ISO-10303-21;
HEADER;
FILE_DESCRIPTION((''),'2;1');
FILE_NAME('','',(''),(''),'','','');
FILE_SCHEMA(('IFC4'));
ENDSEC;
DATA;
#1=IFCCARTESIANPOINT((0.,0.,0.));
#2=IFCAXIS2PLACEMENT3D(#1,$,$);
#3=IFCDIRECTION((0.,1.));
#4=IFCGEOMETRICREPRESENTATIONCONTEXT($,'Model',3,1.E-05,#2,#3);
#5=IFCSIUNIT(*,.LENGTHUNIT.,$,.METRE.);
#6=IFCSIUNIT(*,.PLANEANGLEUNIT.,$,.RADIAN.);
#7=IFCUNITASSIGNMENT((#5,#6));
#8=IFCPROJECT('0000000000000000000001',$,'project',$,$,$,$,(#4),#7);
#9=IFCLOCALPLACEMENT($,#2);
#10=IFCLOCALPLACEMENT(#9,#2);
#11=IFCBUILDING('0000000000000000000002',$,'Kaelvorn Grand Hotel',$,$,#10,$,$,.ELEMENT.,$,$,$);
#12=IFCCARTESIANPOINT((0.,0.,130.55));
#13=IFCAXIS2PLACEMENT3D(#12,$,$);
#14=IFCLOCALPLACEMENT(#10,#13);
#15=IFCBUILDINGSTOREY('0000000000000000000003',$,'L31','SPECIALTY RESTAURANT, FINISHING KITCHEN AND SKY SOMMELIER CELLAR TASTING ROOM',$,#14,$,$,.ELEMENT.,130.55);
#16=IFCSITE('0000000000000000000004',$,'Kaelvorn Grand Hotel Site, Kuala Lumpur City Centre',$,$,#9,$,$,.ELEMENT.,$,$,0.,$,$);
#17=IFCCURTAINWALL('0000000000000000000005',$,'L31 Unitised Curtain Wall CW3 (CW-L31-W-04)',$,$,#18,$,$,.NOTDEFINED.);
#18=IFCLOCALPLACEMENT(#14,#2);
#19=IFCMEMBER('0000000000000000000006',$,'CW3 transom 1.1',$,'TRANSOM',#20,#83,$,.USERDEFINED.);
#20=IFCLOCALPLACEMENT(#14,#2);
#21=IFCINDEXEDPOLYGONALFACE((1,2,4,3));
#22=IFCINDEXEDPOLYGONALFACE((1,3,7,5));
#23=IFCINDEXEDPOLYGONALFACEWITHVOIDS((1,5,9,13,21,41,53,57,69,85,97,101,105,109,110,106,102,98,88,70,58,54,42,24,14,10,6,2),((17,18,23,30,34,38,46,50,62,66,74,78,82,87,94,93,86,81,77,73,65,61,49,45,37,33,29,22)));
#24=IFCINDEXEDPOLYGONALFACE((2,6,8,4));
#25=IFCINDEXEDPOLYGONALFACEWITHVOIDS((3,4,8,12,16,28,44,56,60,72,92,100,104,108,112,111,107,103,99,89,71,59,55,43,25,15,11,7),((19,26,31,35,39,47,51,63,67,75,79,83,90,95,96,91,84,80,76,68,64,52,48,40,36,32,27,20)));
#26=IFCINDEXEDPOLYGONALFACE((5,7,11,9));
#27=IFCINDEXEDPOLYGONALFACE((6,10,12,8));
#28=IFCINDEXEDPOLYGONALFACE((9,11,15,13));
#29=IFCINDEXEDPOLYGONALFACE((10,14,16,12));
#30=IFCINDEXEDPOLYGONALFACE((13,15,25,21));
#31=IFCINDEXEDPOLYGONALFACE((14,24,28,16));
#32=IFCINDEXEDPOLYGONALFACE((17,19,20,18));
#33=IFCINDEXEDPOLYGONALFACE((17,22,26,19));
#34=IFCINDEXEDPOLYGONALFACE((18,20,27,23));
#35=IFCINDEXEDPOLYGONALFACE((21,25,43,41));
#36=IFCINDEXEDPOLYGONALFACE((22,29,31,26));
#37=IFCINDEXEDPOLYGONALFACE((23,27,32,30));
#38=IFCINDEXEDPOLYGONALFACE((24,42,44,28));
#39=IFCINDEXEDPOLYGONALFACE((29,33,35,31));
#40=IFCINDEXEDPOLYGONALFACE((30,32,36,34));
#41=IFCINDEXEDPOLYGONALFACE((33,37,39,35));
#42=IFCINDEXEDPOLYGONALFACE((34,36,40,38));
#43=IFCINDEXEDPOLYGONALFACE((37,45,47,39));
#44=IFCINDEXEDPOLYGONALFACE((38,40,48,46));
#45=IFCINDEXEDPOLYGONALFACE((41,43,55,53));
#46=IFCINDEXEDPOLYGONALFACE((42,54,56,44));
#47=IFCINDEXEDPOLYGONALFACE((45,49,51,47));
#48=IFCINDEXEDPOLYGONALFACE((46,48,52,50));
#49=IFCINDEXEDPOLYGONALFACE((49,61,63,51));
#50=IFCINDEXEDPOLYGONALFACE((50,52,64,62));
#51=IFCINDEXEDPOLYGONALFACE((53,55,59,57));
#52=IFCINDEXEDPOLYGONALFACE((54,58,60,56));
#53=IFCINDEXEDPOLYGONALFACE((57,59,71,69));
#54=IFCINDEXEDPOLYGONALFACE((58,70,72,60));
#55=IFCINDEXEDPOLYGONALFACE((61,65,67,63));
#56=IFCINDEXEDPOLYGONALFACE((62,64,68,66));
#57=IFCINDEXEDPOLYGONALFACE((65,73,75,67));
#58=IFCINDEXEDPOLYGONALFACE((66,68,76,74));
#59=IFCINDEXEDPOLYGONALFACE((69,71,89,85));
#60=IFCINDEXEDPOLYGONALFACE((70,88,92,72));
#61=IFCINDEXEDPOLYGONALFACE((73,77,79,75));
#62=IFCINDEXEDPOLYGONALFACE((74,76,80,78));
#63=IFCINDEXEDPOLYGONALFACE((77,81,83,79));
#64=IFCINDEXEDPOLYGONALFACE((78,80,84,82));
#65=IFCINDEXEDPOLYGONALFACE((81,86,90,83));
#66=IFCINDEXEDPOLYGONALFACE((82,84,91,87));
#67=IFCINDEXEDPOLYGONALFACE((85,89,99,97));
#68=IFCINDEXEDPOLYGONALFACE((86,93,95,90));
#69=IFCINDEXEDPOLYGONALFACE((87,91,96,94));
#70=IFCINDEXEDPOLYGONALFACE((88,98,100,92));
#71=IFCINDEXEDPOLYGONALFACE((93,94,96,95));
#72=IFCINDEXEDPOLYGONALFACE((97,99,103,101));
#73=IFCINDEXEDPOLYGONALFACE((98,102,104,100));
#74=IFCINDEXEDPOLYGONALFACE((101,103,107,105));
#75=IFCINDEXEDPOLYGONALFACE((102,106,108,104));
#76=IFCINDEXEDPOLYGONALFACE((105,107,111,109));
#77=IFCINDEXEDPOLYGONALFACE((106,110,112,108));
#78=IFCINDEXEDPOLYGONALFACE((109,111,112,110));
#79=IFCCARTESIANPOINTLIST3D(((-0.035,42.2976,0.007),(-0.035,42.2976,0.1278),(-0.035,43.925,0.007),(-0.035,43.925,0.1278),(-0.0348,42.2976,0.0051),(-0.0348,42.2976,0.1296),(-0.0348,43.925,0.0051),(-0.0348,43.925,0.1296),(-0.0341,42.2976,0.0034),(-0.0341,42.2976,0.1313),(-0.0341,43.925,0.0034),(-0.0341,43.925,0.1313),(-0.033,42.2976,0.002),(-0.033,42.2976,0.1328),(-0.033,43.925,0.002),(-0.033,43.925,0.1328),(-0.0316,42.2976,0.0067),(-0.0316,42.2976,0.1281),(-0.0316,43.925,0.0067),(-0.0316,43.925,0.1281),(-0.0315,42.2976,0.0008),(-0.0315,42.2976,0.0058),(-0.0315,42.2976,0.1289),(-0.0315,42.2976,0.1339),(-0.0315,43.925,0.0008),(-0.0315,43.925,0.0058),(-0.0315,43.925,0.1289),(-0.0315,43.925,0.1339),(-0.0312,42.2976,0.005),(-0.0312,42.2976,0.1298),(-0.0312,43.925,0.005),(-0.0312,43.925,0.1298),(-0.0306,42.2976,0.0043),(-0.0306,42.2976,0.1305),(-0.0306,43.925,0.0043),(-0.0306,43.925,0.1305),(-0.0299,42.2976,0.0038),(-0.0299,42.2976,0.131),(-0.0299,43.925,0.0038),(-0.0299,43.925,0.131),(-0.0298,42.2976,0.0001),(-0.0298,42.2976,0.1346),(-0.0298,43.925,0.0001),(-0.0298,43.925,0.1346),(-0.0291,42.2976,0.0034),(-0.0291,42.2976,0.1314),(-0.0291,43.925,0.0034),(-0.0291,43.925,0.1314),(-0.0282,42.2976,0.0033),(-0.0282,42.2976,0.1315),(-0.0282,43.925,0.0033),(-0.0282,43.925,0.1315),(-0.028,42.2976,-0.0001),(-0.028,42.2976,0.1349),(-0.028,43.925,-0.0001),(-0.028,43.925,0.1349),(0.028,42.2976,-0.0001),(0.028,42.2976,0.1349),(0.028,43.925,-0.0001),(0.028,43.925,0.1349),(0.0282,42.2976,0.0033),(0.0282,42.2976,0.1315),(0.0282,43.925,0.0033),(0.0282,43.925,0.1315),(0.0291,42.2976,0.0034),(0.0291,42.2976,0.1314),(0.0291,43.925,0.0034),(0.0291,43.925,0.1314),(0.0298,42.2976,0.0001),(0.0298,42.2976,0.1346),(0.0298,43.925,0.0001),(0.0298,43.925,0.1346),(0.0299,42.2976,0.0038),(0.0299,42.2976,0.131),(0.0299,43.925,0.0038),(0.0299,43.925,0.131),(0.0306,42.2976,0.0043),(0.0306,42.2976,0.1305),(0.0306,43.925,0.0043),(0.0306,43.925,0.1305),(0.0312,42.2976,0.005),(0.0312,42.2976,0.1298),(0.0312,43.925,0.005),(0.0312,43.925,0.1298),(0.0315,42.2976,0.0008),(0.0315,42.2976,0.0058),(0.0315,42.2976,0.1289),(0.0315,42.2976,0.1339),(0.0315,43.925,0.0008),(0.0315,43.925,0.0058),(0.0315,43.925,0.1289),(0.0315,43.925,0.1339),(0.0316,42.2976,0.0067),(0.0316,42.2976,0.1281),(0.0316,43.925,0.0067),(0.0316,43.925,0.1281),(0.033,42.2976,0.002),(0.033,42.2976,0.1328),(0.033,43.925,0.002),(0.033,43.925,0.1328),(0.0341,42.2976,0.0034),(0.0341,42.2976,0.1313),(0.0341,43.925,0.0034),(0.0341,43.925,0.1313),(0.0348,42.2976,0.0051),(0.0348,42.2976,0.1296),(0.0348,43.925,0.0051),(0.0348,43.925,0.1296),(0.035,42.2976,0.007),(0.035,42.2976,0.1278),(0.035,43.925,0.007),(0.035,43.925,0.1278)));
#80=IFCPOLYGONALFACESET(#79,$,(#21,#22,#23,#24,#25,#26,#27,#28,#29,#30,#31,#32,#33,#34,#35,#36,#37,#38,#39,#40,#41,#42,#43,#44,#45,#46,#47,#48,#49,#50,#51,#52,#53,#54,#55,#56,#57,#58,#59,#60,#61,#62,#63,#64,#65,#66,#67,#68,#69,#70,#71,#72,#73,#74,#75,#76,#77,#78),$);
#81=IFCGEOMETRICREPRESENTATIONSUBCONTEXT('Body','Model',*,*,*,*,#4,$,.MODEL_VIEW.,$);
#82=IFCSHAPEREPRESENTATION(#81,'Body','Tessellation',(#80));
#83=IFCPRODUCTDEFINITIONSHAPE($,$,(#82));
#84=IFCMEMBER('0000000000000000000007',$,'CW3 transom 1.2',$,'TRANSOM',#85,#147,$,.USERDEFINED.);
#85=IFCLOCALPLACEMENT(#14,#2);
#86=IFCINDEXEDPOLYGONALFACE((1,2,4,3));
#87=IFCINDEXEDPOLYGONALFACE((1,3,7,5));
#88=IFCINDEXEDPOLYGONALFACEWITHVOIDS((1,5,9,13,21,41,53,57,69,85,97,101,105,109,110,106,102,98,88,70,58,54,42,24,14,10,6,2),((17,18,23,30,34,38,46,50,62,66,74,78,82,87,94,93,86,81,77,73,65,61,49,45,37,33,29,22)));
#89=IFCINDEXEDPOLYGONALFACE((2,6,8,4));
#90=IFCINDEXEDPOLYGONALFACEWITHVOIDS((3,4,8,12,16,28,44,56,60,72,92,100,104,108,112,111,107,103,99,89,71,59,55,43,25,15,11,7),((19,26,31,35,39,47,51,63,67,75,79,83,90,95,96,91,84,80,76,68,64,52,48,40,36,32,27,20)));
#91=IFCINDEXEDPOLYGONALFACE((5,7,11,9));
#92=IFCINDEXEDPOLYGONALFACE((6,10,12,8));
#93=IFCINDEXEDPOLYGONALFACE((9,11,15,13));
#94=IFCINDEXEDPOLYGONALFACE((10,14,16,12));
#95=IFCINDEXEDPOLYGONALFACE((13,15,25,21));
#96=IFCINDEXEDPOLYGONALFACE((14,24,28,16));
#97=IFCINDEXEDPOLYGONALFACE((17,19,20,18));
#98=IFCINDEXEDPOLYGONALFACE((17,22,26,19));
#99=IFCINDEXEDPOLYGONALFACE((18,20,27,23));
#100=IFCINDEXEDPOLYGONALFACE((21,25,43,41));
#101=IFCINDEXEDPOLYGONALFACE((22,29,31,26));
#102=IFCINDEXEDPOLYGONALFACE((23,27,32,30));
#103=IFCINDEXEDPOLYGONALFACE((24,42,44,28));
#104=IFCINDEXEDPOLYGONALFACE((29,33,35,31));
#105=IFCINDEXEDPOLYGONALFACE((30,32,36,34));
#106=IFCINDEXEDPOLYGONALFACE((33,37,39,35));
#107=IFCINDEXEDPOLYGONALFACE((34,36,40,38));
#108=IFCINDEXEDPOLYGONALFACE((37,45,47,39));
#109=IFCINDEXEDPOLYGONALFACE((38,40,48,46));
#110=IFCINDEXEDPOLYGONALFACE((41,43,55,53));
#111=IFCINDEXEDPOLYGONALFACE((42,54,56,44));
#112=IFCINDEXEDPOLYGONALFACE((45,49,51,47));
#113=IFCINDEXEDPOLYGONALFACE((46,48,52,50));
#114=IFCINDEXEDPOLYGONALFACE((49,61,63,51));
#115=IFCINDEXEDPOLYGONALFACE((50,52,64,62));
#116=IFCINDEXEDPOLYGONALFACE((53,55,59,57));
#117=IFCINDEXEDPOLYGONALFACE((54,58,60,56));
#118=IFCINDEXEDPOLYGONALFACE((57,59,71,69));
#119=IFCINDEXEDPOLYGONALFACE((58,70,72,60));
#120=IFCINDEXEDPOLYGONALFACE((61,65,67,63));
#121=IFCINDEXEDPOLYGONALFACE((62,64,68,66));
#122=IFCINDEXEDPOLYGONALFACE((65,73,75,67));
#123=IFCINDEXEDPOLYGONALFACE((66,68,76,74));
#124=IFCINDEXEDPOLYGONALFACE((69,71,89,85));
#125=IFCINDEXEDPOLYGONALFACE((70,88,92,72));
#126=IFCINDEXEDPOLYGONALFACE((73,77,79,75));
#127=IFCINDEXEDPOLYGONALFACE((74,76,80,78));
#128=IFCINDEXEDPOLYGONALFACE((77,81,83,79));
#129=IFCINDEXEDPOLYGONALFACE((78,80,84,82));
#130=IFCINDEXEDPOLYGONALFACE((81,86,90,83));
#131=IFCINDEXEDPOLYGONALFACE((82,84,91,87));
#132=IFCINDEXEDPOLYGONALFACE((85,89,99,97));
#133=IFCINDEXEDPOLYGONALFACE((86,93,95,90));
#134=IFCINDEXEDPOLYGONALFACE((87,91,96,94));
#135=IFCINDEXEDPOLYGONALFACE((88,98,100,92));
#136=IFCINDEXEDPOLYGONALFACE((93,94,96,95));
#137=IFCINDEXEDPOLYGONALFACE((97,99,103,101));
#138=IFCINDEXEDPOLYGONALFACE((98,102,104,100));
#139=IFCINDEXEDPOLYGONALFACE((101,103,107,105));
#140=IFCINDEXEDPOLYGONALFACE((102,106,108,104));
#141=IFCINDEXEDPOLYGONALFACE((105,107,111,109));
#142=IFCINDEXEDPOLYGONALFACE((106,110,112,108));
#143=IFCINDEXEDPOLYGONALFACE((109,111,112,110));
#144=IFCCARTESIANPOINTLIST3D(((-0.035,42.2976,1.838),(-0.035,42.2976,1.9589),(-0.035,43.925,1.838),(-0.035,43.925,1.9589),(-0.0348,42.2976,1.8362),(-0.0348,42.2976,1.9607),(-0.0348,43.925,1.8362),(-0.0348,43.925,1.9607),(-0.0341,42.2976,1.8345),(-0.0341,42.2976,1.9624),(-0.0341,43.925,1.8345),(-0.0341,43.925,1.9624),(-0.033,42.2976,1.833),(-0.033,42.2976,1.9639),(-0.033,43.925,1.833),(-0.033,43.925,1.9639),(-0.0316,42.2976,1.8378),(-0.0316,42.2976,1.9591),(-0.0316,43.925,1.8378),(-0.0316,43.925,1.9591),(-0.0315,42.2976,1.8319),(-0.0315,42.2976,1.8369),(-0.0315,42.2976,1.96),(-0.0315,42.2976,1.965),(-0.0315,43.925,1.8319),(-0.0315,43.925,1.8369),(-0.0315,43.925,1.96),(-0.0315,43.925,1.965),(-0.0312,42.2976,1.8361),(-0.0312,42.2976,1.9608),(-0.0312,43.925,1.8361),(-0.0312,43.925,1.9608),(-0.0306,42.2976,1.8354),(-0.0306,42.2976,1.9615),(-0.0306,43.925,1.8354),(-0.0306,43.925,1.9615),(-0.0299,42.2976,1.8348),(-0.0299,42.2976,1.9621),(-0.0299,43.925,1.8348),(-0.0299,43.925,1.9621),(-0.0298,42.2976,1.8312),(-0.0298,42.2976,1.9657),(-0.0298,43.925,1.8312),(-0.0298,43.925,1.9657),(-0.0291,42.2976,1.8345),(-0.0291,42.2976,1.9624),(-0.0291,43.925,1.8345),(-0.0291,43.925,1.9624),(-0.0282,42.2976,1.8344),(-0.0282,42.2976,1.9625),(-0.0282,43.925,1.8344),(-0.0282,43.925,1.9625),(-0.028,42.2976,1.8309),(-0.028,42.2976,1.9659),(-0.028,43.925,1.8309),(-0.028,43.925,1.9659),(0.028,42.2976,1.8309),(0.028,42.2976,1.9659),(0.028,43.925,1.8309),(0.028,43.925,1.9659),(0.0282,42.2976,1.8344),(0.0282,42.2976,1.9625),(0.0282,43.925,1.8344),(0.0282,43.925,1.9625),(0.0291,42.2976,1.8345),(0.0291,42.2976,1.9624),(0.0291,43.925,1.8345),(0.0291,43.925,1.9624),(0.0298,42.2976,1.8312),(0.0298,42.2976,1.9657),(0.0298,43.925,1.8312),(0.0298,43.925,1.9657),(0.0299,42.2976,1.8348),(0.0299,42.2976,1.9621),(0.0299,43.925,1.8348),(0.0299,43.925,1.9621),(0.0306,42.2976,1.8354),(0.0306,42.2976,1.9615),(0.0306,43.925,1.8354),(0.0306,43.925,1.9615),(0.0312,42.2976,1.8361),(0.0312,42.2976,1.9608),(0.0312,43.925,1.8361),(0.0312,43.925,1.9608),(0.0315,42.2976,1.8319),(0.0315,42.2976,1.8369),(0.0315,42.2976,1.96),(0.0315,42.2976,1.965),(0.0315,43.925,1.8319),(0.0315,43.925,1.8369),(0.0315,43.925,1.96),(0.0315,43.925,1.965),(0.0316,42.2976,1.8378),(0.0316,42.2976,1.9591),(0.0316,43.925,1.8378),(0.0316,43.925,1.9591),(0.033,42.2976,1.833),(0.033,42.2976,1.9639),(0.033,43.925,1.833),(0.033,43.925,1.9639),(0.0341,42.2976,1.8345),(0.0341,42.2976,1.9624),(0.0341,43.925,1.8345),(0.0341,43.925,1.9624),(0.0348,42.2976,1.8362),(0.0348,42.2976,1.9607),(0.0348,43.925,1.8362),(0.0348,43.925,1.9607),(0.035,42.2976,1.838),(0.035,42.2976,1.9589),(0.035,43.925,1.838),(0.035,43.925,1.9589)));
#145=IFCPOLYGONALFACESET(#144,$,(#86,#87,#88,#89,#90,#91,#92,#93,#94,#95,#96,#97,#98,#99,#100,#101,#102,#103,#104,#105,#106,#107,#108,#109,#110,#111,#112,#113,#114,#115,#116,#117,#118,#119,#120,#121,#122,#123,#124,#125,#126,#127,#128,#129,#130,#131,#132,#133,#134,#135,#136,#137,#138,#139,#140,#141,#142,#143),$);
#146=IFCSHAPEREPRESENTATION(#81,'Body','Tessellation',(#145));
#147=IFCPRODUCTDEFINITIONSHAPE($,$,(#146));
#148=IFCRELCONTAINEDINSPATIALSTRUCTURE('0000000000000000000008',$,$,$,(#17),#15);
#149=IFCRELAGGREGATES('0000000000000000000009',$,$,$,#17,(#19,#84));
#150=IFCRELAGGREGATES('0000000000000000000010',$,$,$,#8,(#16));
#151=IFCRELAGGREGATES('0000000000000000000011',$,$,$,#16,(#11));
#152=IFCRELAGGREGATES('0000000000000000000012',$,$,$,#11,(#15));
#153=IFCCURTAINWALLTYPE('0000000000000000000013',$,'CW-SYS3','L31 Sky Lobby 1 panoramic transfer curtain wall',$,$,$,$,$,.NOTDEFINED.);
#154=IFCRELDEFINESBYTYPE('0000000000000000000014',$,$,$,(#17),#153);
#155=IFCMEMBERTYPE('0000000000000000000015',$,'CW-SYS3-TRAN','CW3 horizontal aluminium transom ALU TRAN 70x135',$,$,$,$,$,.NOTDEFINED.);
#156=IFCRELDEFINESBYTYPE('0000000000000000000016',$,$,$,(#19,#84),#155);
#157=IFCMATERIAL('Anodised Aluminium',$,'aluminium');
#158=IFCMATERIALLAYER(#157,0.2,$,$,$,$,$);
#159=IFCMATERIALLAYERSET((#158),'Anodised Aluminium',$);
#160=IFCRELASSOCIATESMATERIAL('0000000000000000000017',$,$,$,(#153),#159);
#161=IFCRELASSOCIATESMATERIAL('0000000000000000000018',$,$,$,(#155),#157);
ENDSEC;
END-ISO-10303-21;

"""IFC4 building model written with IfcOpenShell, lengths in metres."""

from ifc_helpers import new_model, si_unit, direction, frame, origin, origin_2d, place, context, subcontext, project, spatial, hollow_rectangle, extrude, material, layer, layer_set, material_profile, profile_set, type_object, element, aggregate, save


model = new_model("IFC4")

# Units and contexts
model_context = context("Model", 3, precision=1e-05, world=origin(), true_north=direction((0.0, 1.0)))
body_context = subcontext(model_context, "Body", "Model", "MODEL_VIEW")
ifc_project = project(units=[si_unit("LENGTHUNIT", "METRE"), si_unit("PLANEANGLEUNIT", "RADIAN")], contexts=[model_context])

# Site, building, storey
site_placement = place(None, origin())
site = spatial("IfcSite", under=ifc_project, at=site_placement, Name="Kaelvorn Grand Hotel Site, Kuala Lumpur City Centre", CompositionType="ELEMENT", RefElevation=0.0)
building_placement = place(site_placement, origin())
building = spatial("IfcBuilding", under=site, at=building_placement, Name="Kaelvorn Grand Hotel", CompositionType="ELEMENT")
storey_placement = place(building_placement, frame((0.0, 0.0, 130.55)))
storey = spatial("IfcBuildingStorey", under=building, at=storey_placement, Name="L31", Description="SPECIALTY RESTAURANT, FINISHING KITCHEN AND SKY SOMMELIER CELLAR TASTING ROOM", CompositionType="ELEMENT", Elevation=130.55)

# Curtain wall, members
ifc_material_1 = material(Name="Anodised Aluminium", Category="aluminium")
ifc_layer_1 = layer(ifc_material_1, 0.2)
ifc_layer_set_1 = layer_set([ifc_layer_1], Name="Anodised Aluminium")
curtain_wall_type = type_object("IfcCurtainWallType", Name="CW-SYS3", Description="L31 Sky Lobby 1 panoramic transfer curtain wall", PredefinedType="NOTDEFINED", material=ifc_layer_set_1)
curtain_wall_placement = place(storey_placement, origin())
curtain_wall = element("IfcCurtainWall", 1, at=curtain_wall_placement, inside=storey, type_object=curtain_wall_type, Name="L31 Unitised Curtain Wall CW3 (CW-L31-W-04)", PredefinedType="NOTDEFINED")
ifc_material_profile_1 = material_profile(ifc_material_1, hollow_rectangle(XDim=0.0701, YDim=0.135, WallThickness=0.0034, InnerFilletRadius=0.0034, OuterFilletRadius=0.0071, at=origin_2d()), Name="ALU TRAN 70x135")
ifc_profile_set_1 = profile_set([ifc_material_profile_1], Name="Anodised Aluminium")
member_type_1 = type_object("IfcMemberType", Name="CW-SYS3-TRAN", Description="CW3 horizontal aluminium transom ALU TRAN 70x135", PredefinedType="NOTDEFINED", material=ifc_profile_set_1)
member_1_placement = place(storey_placement, frame((0.0, 43.925, 0.0674), z_axis=(0.0, -1.0, 0.0), x_axis=(1.0, 0.0, 0.0)))
member_1 = element("IfcMember", 2, at=member_1_placement, type_object=member_type_1, Name="CW3 transom 1.1", ObjectType="TRANSOM", PredefinedType="USERDEFINED", context=body_context, shape_type="SweptSolid", body=[
    extrude(hollow_rectangle(XDim=0.0701, YDim=0.135, WallThickness=0.0034, InnerFilletRadius=0.0034, OuterFilletRadius=0.0071, at=origin_2d()), origin(), (0.0, 0.0, 1.0), 1.6274),
])
member_2_placement = place(storey_placement, frame((0.0, 43.925, 1.8984), z_axis=(0.0, -1.0, 0.0), x_axis=(1.0, 0.0, 0.0)))
member_2 = element("IfcMember", 3, at=member_2_placement, type_object=member_type_1, Name="CW3 transom 1.2", ObjectType="TRANSOM", PredefinedType="USERDEFINED", context=body_context, shape_type="SweptSolid", body=[
    extrude(hollow_rectangle(XDim=0.0701, YDim=0.135, WallThickness=0.0034, InnerFilletRadius=0.0034, OuterFilletRadius=0.0071, at=origin_2d()), origin(), (0.0, 0.0, 1.0), 1.6274),
])
aggregate(curtain_wall, [member_1, member_2])

save(model, "model.ifc")
